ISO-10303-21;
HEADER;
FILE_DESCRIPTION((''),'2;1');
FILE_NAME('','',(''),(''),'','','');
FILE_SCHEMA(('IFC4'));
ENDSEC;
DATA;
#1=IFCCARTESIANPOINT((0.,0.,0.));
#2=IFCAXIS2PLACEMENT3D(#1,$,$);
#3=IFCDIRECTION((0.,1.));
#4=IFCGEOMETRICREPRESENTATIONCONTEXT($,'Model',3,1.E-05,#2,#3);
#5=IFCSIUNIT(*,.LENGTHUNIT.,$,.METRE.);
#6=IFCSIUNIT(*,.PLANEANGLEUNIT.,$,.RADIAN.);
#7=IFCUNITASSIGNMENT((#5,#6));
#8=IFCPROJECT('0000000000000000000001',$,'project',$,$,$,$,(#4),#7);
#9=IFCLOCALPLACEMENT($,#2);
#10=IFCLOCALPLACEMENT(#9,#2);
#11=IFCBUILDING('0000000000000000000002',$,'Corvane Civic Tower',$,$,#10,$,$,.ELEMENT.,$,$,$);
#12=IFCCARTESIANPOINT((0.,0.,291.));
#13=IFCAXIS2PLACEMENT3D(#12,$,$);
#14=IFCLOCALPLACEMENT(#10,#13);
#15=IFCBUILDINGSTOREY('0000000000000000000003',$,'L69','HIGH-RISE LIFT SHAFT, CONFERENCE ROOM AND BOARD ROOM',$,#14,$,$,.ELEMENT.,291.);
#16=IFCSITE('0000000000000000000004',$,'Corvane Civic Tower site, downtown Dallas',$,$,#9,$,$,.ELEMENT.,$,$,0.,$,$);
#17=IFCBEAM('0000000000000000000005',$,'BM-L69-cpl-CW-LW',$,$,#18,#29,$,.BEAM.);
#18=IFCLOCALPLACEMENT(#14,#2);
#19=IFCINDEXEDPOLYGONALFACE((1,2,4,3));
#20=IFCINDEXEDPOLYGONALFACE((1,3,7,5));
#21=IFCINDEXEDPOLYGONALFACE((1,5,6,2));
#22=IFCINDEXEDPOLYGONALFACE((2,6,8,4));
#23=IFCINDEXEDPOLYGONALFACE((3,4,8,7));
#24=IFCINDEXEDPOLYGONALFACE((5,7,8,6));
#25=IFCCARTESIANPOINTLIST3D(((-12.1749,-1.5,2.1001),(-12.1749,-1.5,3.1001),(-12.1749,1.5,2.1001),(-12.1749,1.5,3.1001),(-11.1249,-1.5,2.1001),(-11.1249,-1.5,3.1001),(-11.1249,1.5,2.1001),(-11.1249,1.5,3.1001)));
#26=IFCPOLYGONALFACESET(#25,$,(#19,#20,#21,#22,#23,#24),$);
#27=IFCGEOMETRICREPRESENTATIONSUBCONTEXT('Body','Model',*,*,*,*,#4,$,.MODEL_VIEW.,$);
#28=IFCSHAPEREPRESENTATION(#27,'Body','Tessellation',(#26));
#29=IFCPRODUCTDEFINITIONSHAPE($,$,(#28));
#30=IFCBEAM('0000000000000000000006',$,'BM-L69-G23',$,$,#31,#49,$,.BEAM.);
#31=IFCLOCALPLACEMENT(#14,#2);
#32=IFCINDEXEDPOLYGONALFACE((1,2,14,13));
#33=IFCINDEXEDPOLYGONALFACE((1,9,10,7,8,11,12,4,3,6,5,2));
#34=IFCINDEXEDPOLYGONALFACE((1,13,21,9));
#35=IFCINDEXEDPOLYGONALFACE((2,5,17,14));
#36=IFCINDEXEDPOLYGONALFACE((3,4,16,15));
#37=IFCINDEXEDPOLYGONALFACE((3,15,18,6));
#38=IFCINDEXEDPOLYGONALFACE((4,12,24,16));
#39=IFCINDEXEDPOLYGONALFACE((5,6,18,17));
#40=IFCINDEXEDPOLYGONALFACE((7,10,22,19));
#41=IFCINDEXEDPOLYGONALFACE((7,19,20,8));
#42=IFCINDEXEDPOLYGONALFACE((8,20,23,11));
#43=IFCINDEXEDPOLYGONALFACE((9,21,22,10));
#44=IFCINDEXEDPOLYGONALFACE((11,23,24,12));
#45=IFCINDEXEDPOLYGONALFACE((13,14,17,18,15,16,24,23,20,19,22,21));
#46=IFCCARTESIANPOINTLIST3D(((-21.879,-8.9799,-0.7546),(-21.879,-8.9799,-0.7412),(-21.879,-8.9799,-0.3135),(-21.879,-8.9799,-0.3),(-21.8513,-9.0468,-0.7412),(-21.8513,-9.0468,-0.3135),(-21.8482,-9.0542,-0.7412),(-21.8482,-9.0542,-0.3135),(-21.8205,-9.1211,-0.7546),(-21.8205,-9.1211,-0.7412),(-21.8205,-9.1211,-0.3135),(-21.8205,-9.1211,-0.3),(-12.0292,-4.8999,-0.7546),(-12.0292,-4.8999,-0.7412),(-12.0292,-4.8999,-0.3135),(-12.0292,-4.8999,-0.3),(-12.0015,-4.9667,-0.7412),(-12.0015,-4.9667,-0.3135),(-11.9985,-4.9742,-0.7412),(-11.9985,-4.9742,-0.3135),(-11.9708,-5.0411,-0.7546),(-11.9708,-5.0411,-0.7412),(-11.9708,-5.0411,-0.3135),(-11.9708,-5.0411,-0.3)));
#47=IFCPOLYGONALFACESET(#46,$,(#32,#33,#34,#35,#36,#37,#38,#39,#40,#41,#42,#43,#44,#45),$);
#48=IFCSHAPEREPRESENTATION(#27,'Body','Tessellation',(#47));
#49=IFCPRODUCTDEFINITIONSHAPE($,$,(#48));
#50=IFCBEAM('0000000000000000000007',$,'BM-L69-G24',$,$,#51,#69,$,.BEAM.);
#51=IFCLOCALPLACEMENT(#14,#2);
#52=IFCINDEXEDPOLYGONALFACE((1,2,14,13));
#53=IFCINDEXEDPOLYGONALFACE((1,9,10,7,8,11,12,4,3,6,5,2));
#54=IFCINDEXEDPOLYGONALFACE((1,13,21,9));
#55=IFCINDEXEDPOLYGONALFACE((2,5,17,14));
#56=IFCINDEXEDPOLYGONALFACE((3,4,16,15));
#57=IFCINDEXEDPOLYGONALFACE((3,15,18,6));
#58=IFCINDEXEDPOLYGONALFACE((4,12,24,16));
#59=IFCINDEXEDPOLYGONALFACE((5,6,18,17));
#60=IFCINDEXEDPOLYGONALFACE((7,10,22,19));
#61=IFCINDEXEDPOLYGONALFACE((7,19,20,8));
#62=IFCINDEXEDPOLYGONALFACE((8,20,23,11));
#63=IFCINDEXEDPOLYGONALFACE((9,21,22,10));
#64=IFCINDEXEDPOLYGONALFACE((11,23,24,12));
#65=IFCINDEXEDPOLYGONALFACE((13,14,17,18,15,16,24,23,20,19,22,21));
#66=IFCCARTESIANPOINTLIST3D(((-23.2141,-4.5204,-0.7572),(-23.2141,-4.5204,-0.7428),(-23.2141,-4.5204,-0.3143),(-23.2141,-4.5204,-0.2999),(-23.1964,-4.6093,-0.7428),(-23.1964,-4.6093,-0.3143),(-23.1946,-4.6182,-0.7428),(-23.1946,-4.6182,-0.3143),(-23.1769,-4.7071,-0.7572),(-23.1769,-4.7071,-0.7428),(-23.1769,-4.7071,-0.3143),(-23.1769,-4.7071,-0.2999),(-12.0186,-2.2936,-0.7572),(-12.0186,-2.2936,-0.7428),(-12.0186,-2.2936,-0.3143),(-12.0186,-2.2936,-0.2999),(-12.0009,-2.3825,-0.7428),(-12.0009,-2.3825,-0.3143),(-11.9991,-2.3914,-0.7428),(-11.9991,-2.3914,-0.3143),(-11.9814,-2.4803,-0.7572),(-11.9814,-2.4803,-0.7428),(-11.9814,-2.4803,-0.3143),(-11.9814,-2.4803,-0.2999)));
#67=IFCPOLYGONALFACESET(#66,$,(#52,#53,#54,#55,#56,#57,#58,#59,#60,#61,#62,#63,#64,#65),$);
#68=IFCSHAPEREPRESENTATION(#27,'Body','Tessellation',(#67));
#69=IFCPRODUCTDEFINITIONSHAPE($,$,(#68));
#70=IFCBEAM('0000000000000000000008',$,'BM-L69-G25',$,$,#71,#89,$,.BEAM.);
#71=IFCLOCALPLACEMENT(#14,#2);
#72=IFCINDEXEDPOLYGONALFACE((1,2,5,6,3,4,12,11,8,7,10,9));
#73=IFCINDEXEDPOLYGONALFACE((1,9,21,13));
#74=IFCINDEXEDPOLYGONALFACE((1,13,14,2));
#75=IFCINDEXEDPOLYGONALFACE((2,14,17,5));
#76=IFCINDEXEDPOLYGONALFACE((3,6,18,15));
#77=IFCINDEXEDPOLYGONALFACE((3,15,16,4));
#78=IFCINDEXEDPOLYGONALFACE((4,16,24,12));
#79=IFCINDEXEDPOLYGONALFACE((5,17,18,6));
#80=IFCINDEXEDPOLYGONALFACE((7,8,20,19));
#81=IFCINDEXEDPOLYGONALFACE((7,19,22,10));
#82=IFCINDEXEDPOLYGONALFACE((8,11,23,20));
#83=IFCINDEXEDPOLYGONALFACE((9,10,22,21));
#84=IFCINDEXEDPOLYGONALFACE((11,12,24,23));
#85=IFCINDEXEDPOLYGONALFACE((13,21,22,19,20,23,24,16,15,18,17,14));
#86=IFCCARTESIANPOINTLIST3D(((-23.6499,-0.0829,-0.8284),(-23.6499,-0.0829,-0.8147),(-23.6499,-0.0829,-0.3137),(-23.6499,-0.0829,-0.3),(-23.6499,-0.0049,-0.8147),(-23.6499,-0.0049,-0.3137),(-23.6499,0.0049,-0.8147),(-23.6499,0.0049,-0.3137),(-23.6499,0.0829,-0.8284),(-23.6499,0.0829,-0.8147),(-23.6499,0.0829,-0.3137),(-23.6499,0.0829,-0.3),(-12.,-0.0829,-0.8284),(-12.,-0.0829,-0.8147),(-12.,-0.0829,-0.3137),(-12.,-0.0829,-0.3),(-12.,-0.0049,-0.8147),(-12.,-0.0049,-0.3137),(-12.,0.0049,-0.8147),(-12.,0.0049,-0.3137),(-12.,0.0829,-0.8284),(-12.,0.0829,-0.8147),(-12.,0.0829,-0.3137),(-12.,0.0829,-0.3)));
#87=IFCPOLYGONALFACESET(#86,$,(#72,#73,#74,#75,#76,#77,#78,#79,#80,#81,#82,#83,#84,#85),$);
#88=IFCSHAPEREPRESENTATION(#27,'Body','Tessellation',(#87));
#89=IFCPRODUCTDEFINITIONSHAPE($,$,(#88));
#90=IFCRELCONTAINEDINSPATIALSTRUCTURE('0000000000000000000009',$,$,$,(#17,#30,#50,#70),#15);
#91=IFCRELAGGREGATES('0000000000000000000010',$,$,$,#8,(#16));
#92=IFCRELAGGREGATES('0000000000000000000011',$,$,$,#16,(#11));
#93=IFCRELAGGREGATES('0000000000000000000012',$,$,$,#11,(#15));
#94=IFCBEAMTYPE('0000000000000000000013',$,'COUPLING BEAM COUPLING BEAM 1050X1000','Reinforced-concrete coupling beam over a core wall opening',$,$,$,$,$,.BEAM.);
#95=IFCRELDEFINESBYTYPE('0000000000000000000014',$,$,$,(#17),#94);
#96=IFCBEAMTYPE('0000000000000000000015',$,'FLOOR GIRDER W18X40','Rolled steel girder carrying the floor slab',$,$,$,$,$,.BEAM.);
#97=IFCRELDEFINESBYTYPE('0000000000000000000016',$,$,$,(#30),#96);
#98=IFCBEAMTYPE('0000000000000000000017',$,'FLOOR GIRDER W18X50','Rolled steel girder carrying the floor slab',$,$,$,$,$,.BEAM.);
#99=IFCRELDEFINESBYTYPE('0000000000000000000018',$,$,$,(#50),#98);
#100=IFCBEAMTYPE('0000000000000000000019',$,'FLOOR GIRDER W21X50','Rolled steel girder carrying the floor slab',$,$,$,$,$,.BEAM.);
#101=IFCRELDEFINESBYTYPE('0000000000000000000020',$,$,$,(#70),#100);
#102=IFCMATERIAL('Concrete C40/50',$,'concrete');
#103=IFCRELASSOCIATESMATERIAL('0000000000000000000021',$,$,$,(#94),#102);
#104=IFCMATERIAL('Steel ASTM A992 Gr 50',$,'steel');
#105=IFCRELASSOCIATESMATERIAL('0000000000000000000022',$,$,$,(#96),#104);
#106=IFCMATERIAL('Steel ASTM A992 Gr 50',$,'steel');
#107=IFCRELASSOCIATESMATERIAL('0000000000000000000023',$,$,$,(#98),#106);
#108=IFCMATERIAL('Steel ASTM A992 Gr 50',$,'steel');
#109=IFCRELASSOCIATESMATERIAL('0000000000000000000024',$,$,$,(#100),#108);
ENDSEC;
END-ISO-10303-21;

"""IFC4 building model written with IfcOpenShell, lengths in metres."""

from ifc_helpers import new_model, si_unit, direction, frame, origin, origin_2d, place, context, subcontext, project, spatial, rectangle, i_section, extrude, material, material_profile, profile_set, type_object, element, save


model = new_model("IFC4")

# Units and contexts
model_context = context("Model", 3, precision=1e-05, world=origin(), true_north=direction((0.0, 1.0)))
body_context = subcontext(model_context, "Body", "Model", "MODEL_VIEW")
ifc_project = project(units=[si_unit("LENGTHUNIT", "METRE"), si_unit("PLANEANGLEUNIT", "RADIAN")], contexts=[model_context])

# Site, building, storey
site_placement = place(None, origin())
site = spatial("IfcSite", under=ifc_project, at=site_placement, Name="Corvane Civic Tower site, downtown Dallas", CompositionType="ELEMENT", RefElevation=0.0)
building_placement = place(site_placement, origin())
building = spatial("IfcBuilding", under=site, at=building_placement, Name="Corvane Civic Tower", CompositionType="ELEMENT")
storey_placement = place(building_placement, frame((0.0, 0.0, 291.0)))
storey = spatial("IfcBuildingStorey", under=building, at=storey_placement, Name="L69", Description="HIGH-RISE LIFT SHAFT, CONFERENCE ROOM AND BOARD ROOM", CompositionType="ELEMENT", Elevation=291.0)

# Beams
ifc_material_1 = material(Name="Concrete C40/50", Category="concrete")
ifc_material_profile_1 = material_profile(ifc_material_1, rectangle(XDim=1.05, YDim=1.0, at=origin_2d()), Name="COUPLING BEAM 1050X1000")
ifc_profile_set_1 = profile_set([ifc_material_profile_1], Name="Concrete C40/50")
beam_type_1 = type_object("IfcBeamType", Name="COUPLING BEAM COUPLING BEAM 1050X1000", Description="Reinforced-concrete coupling beam over a core wall opening", PredefinedType="BEAM", material=ifc_profile_set_1)
beam_1_placement = place(storey_placement, frame((-11.6499, -1.5, 2.6001), z_axis=(0.0, 1.0, 0.0), x_axis=(-1.0, 0.0, 0.0)))
element("IfcBeam", 1, at=beam_1_placement, inside=storey, type_object=beam_type_1, Name="BM-L69-cpl-CW-LW", PredefinedType="BEAM", context=body_context, shape_type="SweptSolid", body=[
    extrude(rectangle(XDim=1.05, YDim=1.0, at=origin_2d()), origin(), (0.0, 0.0, 1.0), 3.0),
])
ifc_material_2 = material(Name="Steel ASTM A992 Gr 50", Category="steel")
ifc_material_profile_2 = material_profile(ifc_material_2, i_section(OverallWidth=0.1528, OverallDepth=0.4546, WebThickness=0.0081, FlangeThickness=0.0134, at=origin_2d()), Name="W18X40")
ifc_profile_set_2 = profile_set([ifc_material_profile_2], Name="Steel ASTM A992 Gr 50")
beam_type_2 = type_object("IfcBeamType", Name="FLOOR GIRDER W18X40", Description="Rolled steel girder carrying the floor slab", PredefinedType="BEAM", material=ifc_profile_set_2)
beam_2_placement = place(storey_placement, frame((-12.0, -4.9705, -0.5273), z_axis=(-0.923875, -0.382694, 0.0), x_axis=(0.382694, -0.923875, 0.0)))
element("IfcBeam", 2, at=beam_2_placement, inside=storey, type_object=beam_type_2, Name="BM-L69-G23", PredefinedType="BEAM", context=body_context, shape_type="SweptSolid", body=[
    extrude(i_section(OverallWidth=0.1528, OverallDepth=0.4546, WebThickness=0.0081, FlangeThickness=0.0134, at=origin_2d()), origin(), (0.0, 0.0, 1.0), 10.6614),
])
ifc_material_3 = material(Name="Steel ASTM A992 Gr 50", Category="steel")
ifc_material_profile_3 = material_profile(ifc_material_3, i_section(OverallWidth=0.1904, OverallDepth=0.4573, WebThickness=0.009, FlangeThickness=0.0144, at=origin_2d()), Name="W18X50")
ifc_profile_set_3 = profile_set([ifc_material_profile_3], Name="Steel ASTM A992 Gr 50")
beam_type_3 = type_object("IfcBeamType", Name="FLOOR GIRDER W18X50", Description="Rolled steel girder carrying the floor slab", PredefinedType="BEAM", material=ifc_profile_set_3)
beam_3_placement = place(storey_placement, frame((-12.0, -2.387, -0.5286), z_axis=(-0.980787, -0.19508, 0.0), x_axis=(0.19508, -0.980787, 0.0)))
element("IfcBeam", 3, at=beam_3_placement, inside=storey, type_object=beam_type_3, Name="BM-L69-G24", PredefinedType="BEAM", context=body_context, shape_type="SweptSolid", body=[
    extrude(i_section(OverallWidth=0.1904, OverallDepth=0.4573, WebThickness=0.009, FlangeThickness=0.0144, at=origin_2d()), origin(), (0.0, 0.0, 1.0), 11.4148),
])
ifc_material_4 = material(Name="Steel ASTM A992 Gr 50", Category="steel")
ifc_material_profile_4 = material_profile(ifc_material_4, i_section(OverallWidth=0.1658, OverallDepth=0.5283, WebThickness=0.0098, FlangeThickness=0.0137, at=origin_2d()), Name="W21X50")
ifc_profile_set_4 = profile_set([ifc_material_profile_4], Name="Steel ASTM A992 Gr 50")
beam_type_4 = type_object("IfcBeamType", Name="FLOOR GIRDER W21X50", Description="Rolled steel girder carrying the floor slab", PredefinedType="BEAM", material=ifc_profile_set_4)
beam_4_placement = place(storey_placement, frame((-12.0, 0.0, -0.5642), z_axis=(-1.0, 0.0, 0.0), x_axis=(0.0, -1.0, 0.0)))
element("IfcBeam", 4, at=beam_4_placement, inside=storey, type_object=beam_type_4, Name="BM-L69-G25", PredefinedType="BEAM", context=body_context, shape_type="SweptSolid", body=[
    extrude(i_section(OverallWidth=0.1658, OverallDepth=0.5283, WebThickness=0.0098, FlangeThickness=0.0137, at=origin_2d()), origin(), (0.0, 0.0, 1.0), 11.6499),
])

save(model, "model.ifc")
